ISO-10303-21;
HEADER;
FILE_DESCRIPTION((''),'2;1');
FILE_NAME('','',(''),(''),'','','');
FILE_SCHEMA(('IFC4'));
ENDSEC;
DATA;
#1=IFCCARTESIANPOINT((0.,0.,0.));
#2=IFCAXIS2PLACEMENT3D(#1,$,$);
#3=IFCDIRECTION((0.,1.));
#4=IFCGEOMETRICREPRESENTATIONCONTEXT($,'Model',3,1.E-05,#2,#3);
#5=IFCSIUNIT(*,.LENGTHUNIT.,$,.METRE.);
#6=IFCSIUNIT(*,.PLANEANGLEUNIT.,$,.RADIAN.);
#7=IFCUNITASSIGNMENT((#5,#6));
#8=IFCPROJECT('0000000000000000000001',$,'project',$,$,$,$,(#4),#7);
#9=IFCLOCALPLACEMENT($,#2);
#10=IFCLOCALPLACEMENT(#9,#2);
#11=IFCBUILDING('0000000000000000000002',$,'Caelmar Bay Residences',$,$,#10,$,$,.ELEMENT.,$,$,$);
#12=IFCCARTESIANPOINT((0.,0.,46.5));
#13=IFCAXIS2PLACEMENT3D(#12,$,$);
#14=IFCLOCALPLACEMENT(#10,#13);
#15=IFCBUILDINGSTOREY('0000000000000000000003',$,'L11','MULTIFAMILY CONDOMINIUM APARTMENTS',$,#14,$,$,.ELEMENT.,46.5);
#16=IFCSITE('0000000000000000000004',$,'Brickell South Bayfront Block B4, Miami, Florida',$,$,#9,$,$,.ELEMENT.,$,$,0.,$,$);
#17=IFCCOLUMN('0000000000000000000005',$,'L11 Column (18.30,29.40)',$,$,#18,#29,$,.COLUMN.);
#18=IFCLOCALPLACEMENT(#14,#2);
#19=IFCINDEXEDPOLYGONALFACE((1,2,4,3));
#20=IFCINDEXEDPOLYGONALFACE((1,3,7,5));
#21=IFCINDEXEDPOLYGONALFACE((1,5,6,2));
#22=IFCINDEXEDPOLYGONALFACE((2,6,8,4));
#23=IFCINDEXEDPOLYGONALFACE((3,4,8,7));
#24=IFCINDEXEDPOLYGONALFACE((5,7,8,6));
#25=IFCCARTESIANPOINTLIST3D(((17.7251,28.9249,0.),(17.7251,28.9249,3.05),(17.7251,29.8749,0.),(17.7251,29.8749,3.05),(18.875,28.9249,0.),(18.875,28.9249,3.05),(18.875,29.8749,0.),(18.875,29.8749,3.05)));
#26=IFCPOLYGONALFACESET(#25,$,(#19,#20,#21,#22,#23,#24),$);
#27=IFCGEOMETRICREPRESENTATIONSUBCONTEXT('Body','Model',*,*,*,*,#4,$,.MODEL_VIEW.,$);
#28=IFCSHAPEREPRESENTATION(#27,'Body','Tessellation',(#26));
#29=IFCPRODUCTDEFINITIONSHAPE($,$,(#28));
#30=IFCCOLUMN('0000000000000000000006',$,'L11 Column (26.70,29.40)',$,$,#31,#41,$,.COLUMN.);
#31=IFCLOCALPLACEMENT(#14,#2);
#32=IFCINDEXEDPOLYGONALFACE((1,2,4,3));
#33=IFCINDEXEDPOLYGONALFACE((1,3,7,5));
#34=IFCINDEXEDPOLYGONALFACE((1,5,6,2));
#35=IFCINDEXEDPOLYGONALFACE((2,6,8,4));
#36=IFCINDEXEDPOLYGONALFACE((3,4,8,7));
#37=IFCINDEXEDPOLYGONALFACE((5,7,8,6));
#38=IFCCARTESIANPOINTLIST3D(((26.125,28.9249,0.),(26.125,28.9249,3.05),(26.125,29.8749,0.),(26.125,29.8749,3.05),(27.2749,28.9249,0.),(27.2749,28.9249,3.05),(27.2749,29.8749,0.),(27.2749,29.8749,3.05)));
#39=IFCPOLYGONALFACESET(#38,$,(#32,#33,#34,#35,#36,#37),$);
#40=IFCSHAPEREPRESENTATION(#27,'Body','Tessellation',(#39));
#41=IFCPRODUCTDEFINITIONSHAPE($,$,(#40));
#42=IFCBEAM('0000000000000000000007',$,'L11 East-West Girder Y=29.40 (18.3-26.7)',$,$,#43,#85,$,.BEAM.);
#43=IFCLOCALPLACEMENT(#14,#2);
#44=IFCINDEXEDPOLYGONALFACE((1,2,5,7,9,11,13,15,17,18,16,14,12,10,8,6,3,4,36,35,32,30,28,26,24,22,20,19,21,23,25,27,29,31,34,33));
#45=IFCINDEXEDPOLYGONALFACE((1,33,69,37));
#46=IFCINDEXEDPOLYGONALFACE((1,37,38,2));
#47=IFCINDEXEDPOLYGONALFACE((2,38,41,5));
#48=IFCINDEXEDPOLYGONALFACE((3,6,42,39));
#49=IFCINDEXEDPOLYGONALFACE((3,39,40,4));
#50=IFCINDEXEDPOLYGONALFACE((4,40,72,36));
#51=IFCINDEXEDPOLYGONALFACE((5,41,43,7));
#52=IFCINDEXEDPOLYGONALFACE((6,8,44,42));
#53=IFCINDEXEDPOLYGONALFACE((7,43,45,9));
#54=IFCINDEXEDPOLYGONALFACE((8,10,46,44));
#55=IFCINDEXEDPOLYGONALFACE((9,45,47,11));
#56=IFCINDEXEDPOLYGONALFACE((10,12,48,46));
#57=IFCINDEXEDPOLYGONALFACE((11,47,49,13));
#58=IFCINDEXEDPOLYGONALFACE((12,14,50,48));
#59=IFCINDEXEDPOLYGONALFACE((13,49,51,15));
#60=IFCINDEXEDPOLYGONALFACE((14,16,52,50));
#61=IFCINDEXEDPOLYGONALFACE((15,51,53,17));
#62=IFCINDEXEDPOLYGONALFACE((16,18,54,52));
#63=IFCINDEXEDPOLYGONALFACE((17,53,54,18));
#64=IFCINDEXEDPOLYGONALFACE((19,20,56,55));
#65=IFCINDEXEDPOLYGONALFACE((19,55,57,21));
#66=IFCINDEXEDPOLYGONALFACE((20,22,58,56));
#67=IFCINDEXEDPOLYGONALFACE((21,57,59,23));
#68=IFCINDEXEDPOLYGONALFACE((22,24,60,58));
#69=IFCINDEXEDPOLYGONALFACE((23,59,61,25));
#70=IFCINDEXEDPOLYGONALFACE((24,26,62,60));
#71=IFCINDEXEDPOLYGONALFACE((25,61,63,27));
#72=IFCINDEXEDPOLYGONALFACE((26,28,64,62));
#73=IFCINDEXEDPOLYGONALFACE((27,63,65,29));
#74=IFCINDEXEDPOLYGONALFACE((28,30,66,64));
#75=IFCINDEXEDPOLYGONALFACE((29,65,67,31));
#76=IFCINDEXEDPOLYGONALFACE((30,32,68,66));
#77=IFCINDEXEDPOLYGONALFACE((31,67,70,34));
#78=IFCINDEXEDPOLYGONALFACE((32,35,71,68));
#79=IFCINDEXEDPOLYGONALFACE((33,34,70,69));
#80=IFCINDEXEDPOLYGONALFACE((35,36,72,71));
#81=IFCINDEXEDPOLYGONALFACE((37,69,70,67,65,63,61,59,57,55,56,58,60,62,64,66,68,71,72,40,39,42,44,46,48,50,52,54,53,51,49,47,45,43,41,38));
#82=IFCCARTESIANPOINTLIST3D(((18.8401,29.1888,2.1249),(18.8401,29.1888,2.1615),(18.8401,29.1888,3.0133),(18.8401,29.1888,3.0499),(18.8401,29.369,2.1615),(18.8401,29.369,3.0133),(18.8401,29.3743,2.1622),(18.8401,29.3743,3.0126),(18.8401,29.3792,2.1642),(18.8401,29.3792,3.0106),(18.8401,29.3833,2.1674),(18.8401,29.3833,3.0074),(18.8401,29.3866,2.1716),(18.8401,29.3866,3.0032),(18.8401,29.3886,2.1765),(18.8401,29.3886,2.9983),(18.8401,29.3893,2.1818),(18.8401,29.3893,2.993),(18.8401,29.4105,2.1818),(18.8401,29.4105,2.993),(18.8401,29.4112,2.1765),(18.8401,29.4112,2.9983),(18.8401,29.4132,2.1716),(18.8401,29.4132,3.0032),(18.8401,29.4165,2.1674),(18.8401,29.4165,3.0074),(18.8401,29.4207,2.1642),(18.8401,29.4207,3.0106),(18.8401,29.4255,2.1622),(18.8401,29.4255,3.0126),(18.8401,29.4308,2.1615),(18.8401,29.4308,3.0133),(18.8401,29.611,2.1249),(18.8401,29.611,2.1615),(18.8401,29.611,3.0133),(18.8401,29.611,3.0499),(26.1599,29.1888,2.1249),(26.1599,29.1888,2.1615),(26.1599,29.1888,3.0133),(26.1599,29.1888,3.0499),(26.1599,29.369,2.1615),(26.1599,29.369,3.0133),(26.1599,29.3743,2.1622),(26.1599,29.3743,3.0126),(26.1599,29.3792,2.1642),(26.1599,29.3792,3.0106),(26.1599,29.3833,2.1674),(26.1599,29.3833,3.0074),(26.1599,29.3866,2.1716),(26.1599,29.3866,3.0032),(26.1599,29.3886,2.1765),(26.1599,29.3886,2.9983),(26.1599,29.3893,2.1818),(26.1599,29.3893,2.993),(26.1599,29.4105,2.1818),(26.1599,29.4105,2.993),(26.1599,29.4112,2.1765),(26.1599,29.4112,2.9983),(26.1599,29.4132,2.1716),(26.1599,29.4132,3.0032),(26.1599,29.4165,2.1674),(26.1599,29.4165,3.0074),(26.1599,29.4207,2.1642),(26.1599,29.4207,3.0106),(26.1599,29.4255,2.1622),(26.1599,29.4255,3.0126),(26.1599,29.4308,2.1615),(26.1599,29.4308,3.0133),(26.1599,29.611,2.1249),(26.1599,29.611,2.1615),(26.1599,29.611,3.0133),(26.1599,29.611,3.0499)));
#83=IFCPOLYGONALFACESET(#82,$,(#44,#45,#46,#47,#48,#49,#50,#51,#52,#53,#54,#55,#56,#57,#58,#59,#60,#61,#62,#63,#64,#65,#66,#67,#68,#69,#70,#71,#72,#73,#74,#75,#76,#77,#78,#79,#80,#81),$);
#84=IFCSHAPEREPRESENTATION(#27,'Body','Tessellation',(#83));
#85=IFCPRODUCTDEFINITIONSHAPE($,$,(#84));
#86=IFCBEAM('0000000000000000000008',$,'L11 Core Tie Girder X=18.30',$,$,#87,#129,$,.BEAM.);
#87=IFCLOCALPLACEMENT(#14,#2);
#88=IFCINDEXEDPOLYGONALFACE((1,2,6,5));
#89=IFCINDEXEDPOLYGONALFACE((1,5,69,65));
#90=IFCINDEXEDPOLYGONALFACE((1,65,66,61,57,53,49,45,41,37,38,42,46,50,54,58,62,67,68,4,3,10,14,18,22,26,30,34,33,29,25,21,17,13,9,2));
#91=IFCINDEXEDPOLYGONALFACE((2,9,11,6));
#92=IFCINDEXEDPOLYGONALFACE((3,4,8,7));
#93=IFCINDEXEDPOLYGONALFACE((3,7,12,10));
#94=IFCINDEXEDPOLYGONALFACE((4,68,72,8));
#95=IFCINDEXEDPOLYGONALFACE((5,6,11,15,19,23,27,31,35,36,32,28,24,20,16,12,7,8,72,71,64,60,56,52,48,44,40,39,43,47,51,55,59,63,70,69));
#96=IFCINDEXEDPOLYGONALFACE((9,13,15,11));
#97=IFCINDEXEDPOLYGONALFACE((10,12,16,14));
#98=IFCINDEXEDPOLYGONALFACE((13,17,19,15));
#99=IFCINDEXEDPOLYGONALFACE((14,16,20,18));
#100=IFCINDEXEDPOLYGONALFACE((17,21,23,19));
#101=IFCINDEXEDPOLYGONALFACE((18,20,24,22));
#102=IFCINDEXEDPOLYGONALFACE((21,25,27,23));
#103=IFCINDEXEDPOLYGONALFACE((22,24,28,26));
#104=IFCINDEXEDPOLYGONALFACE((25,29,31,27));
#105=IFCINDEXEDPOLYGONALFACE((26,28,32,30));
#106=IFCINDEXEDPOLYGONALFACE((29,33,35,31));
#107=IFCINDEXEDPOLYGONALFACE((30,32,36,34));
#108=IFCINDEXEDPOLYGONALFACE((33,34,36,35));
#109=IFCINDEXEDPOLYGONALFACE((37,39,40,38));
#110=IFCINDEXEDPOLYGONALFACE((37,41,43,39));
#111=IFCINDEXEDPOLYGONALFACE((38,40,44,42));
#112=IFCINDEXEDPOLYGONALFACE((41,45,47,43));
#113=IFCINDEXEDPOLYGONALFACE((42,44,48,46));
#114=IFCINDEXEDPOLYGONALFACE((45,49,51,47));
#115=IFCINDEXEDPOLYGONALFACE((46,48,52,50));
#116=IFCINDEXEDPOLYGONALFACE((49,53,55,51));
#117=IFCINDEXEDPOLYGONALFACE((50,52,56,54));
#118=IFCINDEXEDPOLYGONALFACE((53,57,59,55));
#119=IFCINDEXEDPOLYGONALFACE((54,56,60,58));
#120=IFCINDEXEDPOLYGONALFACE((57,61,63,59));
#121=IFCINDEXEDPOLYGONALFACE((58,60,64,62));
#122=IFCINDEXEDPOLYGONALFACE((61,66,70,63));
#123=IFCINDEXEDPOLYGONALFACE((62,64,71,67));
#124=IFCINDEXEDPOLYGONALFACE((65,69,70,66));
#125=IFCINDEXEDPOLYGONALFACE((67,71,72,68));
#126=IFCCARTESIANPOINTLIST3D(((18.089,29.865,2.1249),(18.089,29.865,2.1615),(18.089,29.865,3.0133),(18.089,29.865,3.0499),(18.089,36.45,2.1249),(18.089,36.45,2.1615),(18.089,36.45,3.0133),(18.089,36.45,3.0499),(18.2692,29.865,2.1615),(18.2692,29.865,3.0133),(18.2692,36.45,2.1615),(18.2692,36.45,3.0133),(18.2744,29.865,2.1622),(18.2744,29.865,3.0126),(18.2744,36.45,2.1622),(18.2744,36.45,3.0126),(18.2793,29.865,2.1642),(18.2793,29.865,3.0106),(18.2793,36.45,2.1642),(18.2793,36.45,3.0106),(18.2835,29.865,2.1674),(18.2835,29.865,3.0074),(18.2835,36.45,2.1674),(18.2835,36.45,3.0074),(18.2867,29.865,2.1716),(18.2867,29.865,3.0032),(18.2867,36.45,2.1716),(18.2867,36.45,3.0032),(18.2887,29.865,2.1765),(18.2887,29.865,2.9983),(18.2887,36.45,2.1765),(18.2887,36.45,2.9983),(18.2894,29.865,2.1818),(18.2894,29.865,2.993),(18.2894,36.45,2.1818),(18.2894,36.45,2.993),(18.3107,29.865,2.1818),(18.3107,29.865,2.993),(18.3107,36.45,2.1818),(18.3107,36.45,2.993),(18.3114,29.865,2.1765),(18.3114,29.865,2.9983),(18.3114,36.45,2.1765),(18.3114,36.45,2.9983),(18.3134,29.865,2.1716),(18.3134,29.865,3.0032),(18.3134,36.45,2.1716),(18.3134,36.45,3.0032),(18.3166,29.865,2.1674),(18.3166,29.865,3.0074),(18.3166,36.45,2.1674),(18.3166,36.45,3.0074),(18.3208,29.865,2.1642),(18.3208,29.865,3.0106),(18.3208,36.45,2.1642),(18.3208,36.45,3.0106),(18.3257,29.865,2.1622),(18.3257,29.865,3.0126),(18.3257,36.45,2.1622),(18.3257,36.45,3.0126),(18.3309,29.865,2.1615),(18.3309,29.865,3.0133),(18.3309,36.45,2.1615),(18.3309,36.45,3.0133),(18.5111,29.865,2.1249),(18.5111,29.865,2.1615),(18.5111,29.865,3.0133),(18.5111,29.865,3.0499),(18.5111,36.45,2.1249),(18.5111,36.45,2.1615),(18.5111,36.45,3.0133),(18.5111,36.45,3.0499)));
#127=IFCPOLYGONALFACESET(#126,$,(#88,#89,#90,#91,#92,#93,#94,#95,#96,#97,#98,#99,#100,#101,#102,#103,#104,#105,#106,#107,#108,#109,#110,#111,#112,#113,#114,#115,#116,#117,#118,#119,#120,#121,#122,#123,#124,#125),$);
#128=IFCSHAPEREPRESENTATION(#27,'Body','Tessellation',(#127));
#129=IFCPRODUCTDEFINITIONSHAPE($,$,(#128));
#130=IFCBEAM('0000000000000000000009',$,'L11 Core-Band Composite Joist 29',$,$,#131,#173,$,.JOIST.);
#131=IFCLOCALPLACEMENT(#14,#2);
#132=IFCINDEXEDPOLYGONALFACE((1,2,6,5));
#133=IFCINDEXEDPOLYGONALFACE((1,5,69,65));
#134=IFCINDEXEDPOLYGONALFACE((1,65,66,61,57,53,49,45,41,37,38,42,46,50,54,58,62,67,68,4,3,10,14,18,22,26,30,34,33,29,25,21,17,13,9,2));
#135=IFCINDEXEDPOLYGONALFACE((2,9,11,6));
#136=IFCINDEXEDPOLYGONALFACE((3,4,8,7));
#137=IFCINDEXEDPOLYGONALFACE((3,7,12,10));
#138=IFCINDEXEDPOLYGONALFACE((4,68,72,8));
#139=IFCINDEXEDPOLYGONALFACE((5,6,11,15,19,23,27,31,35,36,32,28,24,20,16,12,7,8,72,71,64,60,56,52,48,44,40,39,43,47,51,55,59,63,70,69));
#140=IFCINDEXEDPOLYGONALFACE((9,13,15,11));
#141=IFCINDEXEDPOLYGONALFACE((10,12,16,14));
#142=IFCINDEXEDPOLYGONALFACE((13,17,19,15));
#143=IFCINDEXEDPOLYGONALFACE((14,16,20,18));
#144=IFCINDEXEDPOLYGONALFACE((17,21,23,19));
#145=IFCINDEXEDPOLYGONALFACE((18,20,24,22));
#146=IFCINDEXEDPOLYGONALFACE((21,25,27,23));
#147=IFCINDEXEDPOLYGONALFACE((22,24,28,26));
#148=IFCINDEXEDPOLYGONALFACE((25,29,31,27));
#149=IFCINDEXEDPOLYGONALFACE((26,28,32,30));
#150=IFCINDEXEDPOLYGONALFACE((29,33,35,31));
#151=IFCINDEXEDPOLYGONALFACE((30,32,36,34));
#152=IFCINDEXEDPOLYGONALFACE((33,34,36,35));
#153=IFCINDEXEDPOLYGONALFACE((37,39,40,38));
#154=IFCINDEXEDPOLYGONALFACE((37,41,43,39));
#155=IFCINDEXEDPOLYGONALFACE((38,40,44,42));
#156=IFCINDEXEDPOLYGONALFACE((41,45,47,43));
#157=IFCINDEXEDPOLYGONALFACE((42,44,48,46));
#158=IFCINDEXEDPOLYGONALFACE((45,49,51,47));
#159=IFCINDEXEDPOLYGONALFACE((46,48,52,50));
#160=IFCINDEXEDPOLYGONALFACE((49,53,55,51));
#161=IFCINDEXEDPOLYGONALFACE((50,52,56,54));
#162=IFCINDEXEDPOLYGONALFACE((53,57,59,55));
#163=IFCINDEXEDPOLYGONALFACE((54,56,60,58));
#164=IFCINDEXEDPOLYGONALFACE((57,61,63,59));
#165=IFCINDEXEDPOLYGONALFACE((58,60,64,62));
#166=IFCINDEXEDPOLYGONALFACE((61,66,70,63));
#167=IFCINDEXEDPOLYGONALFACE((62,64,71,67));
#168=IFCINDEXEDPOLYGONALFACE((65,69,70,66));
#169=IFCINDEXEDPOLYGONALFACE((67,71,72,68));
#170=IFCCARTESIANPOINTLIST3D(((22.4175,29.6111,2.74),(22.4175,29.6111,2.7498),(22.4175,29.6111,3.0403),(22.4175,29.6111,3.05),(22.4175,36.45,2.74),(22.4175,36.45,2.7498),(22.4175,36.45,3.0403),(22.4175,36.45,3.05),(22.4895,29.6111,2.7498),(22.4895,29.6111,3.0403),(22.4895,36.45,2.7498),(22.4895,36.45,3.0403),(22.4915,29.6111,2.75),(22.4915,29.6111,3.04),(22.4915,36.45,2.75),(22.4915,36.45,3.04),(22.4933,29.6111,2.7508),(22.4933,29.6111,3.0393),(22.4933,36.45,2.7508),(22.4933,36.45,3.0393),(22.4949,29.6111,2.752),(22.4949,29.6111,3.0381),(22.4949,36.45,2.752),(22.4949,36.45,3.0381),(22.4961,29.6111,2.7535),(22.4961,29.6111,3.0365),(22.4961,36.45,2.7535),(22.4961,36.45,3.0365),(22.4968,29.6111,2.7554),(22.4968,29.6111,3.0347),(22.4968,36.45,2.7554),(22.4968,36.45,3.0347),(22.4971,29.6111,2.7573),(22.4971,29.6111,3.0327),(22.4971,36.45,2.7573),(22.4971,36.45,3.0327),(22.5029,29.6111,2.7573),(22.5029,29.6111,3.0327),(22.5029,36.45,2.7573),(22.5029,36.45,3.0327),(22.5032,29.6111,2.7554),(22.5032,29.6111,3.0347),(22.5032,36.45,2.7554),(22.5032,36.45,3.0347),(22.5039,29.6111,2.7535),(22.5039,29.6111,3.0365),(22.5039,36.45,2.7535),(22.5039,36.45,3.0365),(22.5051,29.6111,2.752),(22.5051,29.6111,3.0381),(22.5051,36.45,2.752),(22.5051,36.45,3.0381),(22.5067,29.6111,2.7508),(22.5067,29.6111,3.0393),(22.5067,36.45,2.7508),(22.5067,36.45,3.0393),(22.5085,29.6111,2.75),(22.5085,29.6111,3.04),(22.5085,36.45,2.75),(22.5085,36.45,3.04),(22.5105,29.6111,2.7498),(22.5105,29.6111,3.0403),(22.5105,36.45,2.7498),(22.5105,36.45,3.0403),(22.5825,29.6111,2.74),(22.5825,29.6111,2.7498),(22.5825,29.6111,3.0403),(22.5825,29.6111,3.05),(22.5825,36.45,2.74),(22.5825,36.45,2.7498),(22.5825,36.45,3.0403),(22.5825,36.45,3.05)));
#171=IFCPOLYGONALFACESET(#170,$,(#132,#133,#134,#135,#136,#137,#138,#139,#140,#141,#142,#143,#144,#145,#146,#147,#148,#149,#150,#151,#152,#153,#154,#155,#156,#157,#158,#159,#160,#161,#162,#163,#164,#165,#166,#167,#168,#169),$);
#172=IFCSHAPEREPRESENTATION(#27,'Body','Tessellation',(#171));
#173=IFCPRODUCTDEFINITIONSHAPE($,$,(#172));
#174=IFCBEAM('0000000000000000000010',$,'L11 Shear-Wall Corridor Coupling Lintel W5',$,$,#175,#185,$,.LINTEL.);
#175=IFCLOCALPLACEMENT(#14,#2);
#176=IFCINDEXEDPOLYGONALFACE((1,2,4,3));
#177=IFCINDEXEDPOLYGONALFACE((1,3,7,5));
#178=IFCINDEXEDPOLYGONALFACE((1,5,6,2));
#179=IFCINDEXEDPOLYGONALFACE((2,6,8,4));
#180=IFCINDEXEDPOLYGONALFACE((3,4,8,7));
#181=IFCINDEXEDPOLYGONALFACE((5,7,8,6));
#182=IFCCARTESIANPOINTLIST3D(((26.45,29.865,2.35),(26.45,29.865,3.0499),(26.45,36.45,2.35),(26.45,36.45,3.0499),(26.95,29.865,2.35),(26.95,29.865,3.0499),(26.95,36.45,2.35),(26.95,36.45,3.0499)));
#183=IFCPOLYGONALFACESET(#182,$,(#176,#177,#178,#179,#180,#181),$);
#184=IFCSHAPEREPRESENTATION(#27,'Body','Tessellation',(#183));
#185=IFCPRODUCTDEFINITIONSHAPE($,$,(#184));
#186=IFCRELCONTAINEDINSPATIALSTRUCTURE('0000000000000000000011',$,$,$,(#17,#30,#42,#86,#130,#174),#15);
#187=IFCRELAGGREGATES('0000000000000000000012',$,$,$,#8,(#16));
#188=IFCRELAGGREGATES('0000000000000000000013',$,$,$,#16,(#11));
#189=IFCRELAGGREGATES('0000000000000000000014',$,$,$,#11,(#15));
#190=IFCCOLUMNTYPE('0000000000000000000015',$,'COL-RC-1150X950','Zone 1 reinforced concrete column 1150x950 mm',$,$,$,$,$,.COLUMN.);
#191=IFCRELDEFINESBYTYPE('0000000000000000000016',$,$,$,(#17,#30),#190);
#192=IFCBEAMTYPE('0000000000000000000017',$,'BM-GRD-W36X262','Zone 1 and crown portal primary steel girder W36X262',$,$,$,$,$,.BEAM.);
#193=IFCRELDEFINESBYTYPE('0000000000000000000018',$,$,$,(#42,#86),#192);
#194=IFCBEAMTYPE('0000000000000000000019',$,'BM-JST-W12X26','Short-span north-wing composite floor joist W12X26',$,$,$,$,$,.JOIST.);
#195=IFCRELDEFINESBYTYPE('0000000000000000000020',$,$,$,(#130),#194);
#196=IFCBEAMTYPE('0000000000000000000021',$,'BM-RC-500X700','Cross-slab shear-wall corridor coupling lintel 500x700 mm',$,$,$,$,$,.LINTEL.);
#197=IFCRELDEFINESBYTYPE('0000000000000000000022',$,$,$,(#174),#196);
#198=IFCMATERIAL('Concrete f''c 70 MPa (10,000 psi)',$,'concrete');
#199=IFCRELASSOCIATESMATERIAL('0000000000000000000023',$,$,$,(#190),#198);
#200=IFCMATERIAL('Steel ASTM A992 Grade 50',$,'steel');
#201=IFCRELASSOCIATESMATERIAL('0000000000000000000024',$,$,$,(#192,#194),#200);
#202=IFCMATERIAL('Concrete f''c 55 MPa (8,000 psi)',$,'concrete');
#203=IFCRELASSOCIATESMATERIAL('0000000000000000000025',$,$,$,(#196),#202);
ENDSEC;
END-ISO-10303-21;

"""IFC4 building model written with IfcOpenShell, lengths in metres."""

from ifc_helpers import new_model, si_unit, direction, frame, origin, origin_2d, place, context, subcontext, project, spatial, rectangle, i_section, extrude, material, material_profile, profile_set, type_object, element, save


model = new_model("IFC4")

# Units and contexts
model_context = context("Model", 3, precision=1e-05, world=origin(), true_north=direction((0.0, 1.0)))
body_context = subcontext(model_context, "Body", "Model", "MODEL_VIEW")
ifc_project = project(units=[si_unit("LENGTHUNIT", "METRE"), si_unit("PLANEANGLEUNIT", "RADIAN")], contexts=[model_context])

# Site, building, storey
site_placement = place(None, origin())
site = spatial("IfcSite", under=ifc_project, at=site_placement, Name="Brickell South Bayfront Block B4, Miami, Florida", CompositionType="ELEMENT", RefElevation=0.0)
building_placement = place(site_placement, origin())
building = spatial("IfcBuilding", under=site, at=building_placement, Name="Caelmar Bay Residences", CompositionType="ELEMENT")
storey_placement = place(building_placement, frame((0.0, 0.0, 46.5)))
storey = spatial("IfcBuildingStorey", under=building, at=storey_placement, Name="L11", Description="MULTIFAMILY CONDOMINIUM APARTMENTS", CompositionType="ELEMENT", Elevation=46.5)

# Columns
ifc_material_1 = material(Name="Concrete f'c 70 MPa (10,000 psi)", Category="concrete")
ifc_material_profile_1 = material_profile(ifc_material_1, rectangle(XDim=1.1499, YDim=0.95, at=origin_2d()), Name="RC-COL-1150X950")
ifc_profile_set_1 = profile_set([ifc_material_profile_1], Name="Concrete f'c 70 MPa (10,000 psi)")
column_type = type_object("IfcColumnType", Name="COL-RC-1150X950", Description="Zone 1 reinforced concrete column 1150x950 mm", PredefinedType="COLUMN", material=ifc_profile_set_1)
for number, where, z_axis, x_axis, name in (
    (1, (18.3, 29.3999, 0.0), (0.0, 0.0, 1.0), (1.0, 0.0, 0.0), "L11 Column (18.30,29.40)"),
    (2, (26.7, 29.3999, 0.0), (0.0, 0.0, 1.0), (1.0, 0.0, 0.0), "L11 Column (26.70,29.40)"),
):
    element("IfcColumn", number, at=place(storey_placement, frame(where, z_axis=z_axis, x_axis=x_axis)), inside=storey, type_object=column_type, Name=name, PredefinedType="COLUMN", context=body_context, shape_type="SweptSolid", body=[
        extrude(rectangle(XDim=1.1499, YDim=0.95, at=origin_2d()), origin(), (0.0, 0.0, 1.0), 3.05),
    ])

# Beams
ifc_material_2 = material(Name="Steel ASTM A992 Grade 50", Category="steel")
ifc_material_profile_2 = material_profile(ifc_material_2, i_section(OverallWidth=0.4221, OverallDepth=0.925, WebThickness=0.0212, FlangeThickness=0.0366, FilletRadius=0.0203, at=origin_2d()), Name="W36X262")
ifc_profile_set_2 = profile_set([ifc_material_profile_2], Name="Steel ASTM A992 Grade 50")
beam_type_1 = type_object("IfcBeamType", Name="BM-GRD-W36X262", Description="Zone 1 and crown portal primary steel girder W36X262", PredefinedType="BEAM", material=ifc_profile_set_2)
beam_1_placement = place(storey_placement, frame((18.8401, 29.3999, 2.5874), z_axis=(1.0, 0.0, 0.0), x_axis=(0.0, 1.0, 0.0)))
element("IfcBeam", 3, at=beam_1_placement, inside=storey, type_object=beam_type_1, Name="L11 East-West Girder Y=29.40 (18.3-26.7)", PredefinedType="BEAM", context=body_context, shape_type="SweptSolid", body=[
    extrude(i_section(OverallWidth=0.4221, OverallDepth=0.925, WebThickness=0.0212, FlangeThickness=0.0366, FilletRadius=0.0203, at=origin_2d()), origin(), (0.0, 0.0, 1.0), 7.3198),
])
beam_2_placement = place(storey_placement, frame((18.3, 29.865, 2.5874), z_axis=(0.0, 1.0, 0.0), x_axis=(-1.0, 0.0, 0.0)))
element("IfcBeam", 4, at=beam_2_placement, inside=storey, type_object=beam_type_1, Name="L11 Core Tie Girder X=18.30", PredefinedType="BEAM", context=body_context, shape_type="SweptSolid", body=[
    extrude(i_section(OverallWidth=0.4221, OverallDepth=0.925, WebThickness=0.0212, FlangeThickness=0.0366, FilletRadius=0.0203, at=origin_2d()), origin(), (0.0, 0.0, 1.0), 6.585),
])
ifc_material_profile_3 = material_profile(ifc_material_2, i_section(OverallWidth=0.165, OverallDepth=0.3101, WebThickness=0.0059, FlangeThickness=0.0098, FilletRadius=0.0076, at=origin_2d()), Name="W12X26")
ifc_profile_set_3 = profile_set([ifc_material_profile_3], Name="Steel ASTM A992 Grade 50")
beam_type_2 = type_object("IfcBeamType", Name="BM-JST-W12X26", Description="Short-span north-wing composite floor joist W12X26", PredefinedType="JOIST", material=ifc_profile_set_3)
beam_3_placement = place(storey_placement, frame((22.5, 29.6111, 2.895), z_axis=(0.0, 1.0, 0.0), x_axis=(-1.0, 0.0, 0.0)))
element("IfcBeam", 5, at=beam_3_placement, inside=storey, type_object=beam_type_2, Name="L11 Core-Band Composite Joist 29", PredefinedType="JOIST", context=body_context, shape_type="SweptSolid", body=[
    extrude(i_section(OverallWidth=0.165, OverallDepth=0.3101, WebThickness=0.0059, FlangeThickness=0.0098, FilletRadius=0.0076, at=origin_2d()), origin(), (0.0, 0.0, 1.0), 6.8389),
])
ifc_material_3 = material(Name="Concrete f'c 55 MPa (8,000 psi)", Category="concrete")
ifc_material_profile_4 = material_profile(ifc_material_3, rectangle(XDim=0.5, YDim=0.7, at=origin_2d()), Name="RC-BM-500X700")
ifc_profile_set_4 = profile_set([ifc_material_profile_4], Name="Concrete f'c 55 MPa (8,000 psi)")
beam_type_3 = type_object("IfcBeamType", Name="BM-RC-500X700", Description="Cross-slab shear-wall corridor coupling lintel 500x700 mm", PredefinedType="LINTEL", material=ifc_profile_set_4)
beam_4_placement = place(storey_placement, frame((26.7, 29.865, 2.7), z_axis=(0.0, 1.0, 0.0), x_axis=(-1.0, 0.0, 0.0)))
element("IfcBeam", 6, at=beam_4_placement, inside=storey, type_object=beam_type_3, Name="L11 Shear-Wall Corridor Coupling Lintel W5", PredefinedType="LINTEL", context=body_context, shape_type="SweptSolid", body=[
    extrude(rectangle(XDim=0.5, YDim=0.7, at=origin_2d()), origin(), (0.0, 0.0, 1.0), 6.585),
])

save(model, "model.ifc")
